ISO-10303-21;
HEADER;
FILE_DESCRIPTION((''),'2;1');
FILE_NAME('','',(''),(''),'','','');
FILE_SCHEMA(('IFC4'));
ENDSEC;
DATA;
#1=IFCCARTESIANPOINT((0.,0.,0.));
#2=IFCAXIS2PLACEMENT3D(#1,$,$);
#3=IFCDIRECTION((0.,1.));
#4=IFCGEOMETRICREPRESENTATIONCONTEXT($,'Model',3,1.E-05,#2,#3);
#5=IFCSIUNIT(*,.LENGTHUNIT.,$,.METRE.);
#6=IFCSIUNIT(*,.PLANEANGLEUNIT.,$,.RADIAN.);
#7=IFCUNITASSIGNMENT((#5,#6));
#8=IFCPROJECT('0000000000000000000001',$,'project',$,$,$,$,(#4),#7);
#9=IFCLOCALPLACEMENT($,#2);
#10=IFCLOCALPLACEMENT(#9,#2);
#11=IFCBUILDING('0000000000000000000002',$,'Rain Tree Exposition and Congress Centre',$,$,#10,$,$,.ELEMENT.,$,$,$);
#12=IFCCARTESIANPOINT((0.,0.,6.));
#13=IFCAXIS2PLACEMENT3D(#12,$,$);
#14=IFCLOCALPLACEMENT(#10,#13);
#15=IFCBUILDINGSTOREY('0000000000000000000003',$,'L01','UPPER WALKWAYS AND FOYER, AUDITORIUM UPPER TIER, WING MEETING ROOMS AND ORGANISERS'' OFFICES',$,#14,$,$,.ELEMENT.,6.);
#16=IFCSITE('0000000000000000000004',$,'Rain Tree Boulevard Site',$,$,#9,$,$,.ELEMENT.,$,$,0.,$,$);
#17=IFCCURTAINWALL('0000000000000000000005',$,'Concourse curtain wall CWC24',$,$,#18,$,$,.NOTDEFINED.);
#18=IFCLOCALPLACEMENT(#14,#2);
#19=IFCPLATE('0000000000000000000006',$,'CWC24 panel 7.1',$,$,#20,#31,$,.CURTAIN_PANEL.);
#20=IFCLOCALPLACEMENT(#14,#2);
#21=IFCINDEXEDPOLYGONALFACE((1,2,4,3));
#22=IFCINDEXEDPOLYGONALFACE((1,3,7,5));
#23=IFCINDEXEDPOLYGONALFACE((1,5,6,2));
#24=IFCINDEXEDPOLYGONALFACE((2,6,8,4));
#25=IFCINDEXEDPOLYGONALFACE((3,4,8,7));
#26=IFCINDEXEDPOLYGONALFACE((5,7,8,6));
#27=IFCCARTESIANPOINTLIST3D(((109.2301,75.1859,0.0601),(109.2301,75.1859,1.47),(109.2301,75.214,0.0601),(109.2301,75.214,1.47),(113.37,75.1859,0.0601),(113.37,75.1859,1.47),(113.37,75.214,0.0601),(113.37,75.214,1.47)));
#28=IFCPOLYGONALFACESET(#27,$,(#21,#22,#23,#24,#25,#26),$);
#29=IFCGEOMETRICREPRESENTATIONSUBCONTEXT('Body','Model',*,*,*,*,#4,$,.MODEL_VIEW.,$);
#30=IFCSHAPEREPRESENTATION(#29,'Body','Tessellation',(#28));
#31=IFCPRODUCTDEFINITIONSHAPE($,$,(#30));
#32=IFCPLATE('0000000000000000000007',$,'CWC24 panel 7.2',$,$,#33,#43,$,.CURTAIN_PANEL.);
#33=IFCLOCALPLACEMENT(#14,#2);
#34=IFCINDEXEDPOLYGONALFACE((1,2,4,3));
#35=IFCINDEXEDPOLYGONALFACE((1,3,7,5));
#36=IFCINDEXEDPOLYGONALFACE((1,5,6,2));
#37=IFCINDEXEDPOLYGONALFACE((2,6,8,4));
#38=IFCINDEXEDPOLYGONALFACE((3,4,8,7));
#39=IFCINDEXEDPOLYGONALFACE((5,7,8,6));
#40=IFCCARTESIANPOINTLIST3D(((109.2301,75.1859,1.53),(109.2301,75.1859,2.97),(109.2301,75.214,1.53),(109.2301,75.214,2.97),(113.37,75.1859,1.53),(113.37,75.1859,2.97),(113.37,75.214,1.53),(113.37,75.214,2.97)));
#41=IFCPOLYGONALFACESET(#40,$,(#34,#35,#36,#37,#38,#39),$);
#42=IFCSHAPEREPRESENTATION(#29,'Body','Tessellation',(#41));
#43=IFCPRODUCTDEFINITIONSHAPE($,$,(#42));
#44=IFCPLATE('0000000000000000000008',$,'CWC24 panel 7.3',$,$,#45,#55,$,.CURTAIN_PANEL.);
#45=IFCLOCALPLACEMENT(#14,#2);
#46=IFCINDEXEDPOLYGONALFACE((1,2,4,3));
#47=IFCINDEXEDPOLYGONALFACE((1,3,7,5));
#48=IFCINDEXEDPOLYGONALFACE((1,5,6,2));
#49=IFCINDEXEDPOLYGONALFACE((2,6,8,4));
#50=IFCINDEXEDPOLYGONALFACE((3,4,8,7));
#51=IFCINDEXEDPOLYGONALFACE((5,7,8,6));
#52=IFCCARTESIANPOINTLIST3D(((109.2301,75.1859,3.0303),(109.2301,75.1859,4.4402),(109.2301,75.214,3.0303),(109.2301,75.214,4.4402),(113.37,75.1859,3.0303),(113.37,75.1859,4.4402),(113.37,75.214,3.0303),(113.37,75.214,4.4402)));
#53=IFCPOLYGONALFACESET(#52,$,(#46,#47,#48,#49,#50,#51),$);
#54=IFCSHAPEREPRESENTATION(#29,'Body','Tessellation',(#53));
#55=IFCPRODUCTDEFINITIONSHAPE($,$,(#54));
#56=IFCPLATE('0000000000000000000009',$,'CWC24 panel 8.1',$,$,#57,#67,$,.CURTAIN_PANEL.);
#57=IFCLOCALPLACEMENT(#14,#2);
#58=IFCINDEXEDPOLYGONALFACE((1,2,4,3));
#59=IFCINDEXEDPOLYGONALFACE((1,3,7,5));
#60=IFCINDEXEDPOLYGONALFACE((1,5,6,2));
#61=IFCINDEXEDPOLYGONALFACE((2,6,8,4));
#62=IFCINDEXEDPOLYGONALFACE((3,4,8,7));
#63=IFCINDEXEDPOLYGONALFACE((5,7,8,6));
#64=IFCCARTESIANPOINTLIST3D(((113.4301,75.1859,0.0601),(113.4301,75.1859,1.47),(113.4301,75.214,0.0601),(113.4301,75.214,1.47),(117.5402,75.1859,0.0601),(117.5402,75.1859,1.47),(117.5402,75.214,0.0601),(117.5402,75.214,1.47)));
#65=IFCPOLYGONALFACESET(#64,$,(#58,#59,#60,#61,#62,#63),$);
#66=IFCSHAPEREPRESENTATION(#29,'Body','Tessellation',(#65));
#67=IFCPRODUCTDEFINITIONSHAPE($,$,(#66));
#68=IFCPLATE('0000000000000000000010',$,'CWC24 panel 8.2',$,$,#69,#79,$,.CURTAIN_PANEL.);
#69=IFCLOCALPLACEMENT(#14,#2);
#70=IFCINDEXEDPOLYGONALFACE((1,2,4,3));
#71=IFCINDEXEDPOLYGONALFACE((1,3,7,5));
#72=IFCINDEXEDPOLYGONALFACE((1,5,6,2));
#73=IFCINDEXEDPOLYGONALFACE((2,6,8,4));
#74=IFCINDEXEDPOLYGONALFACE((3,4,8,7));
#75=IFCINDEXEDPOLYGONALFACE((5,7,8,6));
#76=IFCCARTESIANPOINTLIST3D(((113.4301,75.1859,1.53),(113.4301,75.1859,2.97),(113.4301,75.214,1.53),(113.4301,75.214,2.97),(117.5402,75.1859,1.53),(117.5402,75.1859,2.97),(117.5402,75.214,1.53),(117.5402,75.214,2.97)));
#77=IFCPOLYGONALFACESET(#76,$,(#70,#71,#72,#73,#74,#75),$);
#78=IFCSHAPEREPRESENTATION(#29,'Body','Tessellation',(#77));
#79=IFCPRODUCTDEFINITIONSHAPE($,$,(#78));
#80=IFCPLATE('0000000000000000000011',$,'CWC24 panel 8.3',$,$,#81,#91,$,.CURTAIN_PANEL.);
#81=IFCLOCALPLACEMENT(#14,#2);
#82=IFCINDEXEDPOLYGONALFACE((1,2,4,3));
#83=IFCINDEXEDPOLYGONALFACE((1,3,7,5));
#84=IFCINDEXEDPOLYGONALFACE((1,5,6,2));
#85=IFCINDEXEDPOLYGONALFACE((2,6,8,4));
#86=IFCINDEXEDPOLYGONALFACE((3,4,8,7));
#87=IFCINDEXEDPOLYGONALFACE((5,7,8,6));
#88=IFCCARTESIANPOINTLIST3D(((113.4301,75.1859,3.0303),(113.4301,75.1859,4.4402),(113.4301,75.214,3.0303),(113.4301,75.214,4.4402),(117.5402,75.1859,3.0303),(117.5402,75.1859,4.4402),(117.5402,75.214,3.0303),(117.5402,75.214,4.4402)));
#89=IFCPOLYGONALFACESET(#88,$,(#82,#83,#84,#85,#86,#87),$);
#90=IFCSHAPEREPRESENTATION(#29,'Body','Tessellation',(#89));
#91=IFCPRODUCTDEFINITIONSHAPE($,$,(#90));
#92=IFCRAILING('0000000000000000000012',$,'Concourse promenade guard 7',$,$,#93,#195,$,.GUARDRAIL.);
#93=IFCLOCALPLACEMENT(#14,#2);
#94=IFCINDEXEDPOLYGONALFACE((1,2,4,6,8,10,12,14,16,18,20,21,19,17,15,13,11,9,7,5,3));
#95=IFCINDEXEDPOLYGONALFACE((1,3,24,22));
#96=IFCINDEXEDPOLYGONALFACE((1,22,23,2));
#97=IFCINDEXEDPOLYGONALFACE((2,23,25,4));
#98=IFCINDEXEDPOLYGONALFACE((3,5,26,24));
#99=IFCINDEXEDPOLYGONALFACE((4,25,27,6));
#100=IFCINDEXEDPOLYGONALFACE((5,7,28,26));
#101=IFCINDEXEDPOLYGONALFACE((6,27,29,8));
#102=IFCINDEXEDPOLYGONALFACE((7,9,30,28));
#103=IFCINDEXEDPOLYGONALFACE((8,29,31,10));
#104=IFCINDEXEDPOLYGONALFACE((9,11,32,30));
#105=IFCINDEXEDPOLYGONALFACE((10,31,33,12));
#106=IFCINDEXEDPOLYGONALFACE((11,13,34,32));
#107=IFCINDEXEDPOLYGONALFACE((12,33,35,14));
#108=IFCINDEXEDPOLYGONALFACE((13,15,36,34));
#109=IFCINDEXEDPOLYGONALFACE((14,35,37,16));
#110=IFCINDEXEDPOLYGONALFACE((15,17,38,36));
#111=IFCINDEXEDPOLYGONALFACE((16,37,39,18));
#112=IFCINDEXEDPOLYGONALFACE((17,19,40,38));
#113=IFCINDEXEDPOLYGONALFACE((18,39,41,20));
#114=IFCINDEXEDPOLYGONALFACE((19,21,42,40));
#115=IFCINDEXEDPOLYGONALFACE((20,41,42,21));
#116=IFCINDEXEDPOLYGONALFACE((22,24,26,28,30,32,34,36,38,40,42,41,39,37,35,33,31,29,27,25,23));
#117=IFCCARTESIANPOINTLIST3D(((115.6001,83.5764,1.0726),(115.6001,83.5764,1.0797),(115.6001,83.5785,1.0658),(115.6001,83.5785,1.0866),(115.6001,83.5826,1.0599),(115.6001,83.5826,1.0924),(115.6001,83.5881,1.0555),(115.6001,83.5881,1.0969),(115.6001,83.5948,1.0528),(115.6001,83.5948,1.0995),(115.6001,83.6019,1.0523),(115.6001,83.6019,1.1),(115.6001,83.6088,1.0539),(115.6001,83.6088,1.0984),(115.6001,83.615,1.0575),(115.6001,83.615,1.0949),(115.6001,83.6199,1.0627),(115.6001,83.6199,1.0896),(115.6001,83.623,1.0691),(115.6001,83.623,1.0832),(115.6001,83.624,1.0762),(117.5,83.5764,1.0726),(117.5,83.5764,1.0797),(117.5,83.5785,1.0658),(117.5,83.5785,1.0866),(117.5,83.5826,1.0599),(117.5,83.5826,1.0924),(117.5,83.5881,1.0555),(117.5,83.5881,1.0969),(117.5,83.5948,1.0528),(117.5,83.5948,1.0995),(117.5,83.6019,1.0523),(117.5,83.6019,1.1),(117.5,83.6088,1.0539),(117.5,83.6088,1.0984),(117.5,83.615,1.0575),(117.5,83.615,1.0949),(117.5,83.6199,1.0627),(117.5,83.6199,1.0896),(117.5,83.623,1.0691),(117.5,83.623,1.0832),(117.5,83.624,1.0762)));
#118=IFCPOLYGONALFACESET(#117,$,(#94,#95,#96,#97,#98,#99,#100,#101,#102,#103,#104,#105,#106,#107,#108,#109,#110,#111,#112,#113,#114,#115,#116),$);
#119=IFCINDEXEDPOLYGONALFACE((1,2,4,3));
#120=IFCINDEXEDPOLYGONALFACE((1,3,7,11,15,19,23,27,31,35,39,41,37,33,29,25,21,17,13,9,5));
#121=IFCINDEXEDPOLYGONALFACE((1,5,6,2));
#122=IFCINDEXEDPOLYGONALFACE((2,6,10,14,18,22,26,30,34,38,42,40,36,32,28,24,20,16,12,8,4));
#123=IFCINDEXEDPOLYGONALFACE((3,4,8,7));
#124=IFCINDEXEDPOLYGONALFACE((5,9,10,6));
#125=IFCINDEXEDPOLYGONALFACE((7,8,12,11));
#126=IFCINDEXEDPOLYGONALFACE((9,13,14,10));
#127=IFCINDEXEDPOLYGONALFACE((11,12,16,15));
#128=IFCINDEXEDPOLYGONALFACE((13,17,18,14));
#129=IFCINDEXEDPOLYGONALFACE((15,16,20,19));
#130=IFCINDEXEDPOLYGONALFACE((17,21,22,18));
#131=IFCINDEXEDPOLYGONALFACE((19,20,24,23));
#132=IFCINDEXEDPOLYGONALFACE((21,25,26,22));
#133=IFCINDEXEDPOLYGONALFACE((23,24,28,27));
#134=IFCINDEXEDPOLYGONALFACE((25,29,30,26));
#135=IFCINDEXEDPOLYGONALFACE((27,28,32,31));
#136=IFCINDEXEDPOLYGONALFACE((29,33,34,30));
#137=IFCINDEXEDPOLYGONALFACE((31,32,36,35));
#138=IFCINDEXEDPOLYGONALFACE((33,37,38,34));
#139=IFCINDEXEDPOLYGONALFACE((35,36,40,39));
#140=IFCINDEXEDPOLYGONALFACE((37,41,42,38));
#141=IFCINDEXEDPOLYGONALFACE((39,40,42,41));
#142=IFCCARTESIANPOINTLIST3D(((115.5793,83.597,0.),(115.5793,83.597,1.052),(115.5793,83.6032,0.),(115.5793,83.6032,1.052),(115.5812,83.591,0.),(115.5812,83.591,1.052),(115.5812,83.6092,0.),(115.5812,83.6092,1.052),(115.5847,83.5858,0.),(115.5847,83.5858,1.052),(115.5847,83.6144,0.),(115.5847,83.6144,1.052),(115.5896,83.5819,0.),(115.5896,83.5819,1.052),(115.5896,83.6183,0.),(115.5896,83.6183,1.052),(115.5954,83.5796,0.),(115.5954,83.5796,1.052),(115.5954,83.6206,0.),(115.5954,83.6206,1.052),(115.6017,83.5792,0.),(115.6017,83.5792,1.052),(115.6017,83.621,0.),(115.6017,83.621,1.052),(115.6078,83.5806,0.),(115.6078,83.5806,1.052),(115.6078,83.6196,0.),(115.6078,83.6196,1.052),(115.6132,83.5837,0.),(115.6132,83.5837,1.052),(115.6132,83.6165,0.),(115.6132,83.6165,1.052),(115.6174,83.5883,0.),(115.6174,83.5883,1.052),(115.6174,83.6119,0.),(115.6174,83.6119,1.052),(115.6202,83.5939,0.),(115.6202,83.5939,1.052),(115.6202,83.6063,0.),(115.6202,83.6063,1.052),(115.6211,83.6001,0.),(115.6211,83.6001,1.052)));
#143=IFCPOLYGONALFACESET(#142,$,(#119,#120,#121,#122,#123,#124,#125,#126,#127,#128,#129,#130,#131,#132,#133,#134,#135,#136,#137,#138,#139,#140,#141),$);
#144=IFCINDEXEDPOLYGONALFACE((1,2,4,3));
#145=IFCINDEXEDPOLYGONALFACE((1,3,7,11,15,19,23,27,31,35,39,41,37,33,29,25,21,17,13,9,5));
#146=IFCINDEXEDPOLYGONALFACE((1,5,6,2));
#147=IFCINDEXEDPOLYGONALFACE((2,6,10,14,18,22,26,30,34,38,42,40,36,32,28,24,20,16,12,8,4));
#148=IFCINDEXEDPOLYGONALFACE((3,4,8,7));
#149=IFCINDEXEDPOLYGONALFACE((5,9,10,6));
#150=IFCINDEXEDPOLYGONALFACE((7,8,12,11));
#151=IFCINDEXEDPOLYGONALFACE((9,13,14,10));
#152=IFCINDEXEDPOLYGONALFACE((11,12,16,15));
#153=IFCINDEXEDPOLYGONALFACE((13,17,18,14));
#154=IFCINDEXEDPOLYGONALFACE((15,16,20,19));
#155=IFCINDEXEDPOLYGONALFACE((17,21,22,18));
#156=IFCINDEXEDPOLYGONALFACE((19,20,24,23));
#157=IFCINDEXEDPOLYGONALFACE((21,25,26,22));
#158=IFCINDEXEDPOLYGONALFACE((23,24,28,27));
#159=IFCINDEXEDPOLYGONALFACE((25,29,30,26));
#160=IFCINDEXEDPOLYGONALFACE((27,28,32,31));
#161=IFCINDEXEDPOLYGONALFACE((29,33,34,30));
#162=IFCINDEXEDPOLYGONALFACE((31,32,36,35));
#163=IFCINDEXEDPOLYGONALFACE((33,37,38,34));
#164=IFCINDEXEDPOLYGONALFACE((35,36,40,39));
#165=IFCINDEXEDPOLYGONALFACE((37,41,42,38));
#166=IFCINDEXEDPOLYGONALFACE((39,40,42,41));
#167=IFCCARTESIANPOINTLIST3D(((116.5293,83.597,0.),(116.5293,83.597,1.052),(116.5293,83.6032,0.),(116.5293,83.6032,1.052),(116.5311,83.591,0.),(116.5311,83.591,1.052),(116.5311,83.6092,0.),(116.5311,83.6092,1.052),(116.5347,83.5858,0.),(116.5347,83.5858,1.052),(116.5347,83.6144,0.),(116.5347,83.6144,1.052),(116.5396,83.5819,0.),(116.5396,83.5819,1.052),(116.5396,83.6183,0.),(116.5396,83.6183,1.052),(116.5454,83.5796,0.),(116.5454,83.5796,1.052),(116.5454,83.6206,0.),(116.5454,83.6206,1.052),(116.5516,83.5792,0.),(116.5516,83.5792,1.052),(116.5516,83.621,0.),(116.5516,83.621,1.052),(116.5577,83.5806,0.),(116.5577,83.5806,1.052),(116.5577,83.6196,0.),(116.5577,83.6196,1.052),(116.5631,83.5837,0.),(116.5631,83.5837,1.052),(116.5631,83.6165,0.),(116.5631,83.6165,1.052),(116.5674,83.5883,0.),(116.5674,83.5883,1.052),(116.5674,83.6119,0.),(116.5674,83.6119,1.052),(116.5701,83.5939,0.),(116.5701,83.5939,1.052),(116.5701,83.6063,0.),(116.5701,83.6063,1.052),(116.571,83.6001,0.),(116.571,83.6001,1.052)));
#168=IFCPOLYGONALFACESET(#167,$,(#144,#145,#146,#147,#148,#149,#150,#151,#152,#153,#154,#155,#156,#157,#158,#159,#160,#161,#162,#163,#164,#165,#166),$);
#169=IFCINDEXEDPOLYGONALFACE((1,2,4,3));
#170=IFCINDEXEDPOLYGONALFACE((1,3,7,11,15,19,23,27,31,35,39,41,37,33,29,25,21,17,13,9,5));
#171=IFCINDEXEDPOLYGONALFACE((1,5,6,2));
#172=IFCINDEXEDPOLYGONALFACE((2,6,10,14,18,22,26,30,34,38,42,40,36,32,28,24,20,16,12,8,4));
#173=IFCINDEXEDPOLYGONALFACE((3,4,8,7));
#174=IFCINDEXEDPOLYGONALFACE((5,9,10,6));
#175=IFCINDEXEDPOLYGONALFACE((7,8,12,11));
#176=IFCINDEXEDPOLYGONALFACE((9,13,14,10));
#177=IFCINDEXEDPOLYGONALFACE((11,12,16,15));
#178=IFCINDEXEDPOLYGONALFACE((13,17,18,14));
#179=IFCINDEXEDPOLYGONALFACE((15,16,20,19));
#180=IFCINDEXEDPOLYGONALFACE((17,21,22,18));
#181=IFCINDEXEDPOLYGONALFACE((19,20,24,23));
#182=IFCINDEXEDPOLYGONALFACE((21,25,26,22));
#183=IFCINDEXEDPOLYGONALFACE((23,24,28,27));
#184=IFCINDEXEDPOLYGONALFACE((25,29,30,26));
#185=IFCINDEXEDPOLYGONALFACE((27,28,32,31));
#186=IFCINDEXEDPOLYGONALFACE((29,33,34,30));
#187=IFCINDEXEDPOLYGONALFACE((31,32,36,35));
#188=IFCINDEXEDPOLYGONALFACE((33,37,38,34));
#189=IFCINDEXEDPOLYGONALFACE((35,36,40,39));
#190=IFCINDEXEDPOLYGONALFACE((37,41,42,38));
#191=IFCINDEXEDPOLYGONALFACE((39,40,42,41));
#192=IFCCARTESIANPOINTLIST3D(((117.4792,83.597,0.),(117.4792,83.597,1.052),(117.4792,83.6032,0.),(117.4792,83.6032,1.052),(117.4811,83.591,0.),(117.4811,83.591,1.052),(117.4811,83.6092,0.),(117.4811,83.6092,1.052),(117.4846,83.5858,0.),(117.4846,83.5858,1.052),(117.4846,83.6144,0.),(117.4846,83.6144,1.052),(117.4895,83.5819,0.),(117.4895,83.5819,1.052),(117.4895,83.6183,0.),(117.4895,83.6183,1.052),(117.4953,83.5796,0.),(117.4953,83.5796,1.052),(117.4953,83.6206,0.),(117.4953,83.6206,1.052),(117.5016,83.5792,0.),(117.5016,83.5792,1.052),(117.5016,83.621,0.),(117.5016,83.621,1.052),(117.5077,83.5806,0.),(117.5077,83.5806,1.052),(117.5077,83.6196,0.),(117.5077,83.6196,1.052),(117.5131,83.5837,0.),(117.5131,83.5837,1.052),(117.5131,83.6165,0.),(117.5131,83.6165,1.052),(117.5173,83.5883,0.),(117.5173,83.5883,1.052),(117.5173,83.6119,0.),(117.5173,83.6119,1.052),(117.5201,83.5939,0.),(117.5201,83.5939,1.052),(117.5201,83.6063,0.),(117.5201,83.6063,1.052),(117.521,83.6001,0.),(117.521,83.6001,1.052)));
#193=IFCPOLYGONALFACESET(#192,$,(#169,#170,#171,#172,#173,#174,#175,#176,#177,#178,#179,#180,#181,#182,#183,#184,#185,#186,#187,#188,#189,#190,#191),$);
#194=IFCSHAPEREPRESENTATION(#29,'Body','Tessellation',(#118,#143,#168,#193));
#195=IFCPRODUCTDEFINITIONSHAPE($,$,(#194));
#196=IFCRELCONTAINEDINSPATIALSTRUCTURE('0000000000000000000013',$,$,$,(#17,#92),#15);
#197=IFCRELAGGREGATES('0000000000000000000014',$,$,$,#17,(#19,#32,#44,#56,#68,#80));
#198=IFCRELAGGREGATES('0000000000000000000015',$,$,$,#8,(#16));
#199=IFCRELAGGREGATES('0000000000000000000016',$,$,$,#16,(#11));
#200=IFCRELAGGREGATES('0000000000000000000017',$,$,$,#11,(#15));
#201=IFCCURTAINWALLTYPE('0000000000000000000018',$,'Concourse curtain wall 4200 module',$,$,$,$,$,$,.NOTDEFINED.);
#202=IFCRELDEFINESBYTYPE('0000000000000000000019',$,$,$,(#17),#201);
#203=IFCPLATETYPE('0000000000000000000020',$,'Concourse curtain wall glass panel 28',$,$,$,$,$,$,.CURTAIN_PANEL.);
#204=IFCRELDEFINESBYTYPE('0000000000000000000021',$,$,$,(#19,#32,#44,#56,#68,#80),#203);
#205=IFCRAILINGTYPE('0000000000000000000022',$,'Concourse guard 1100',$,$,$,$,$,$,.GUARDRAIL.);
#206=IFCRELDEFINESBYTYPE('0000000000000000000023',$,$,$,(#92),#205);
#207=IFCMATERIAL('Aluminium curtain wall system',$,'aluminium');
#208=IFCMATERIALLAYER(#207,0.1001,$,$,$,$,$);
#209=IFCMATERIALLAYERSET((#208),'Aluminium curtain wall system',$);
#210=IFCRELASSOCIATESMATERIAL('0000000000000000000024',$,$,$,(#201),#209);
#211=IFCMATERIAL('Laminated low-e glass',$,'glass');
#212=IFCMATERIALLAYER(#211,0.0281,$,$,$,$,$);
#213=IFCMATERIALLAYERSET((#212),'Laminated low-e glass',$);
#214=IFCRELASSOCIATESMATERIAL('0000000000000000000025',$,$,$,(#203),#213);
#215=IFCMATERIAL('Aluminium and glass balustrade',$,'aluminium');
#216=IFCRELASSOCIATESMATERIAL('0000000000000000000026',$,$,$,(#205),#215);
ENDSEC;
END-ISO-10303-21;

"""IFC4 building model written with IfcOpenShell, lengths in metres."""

from ifc_helpers import new_model, si_unit, direction, frame, origin, origin_2d, place, context, subcontext, project, spatial, rectangle, circle, extrude, material, layer, layer_set, type_object, element, aggregate, save


model = new_model("IFC4")

# Units and contexts
model_context = context("Model", 3, precision=1e-05, world=origin(), true_north=direction((0.0, 1.0)))
body_context = subcontext(model_context, "Body", "Model", "MODEL_VIEW")
ifc_project = project(units=[si_unit("LENGTHUNIT", "METRE"), si_unit("PLANEANGLEUNIT", "RADIAN")], contexts=[model_context])

# Site, building, storey
site_placement = place(None, origin())
site = spatial("IfcSite", under=ifc_project, at=site_placement, Name="Rain Tree Boulevard Site", CompositionType="ELEMENT", RefElevation=0.0)
building_placement = place(site_placement, origin())
building = spatial("IfcBuilding", under=site, at=building_placement, Name="Rain Tree Exposition and Congress Centre", CompositionType="ELEMENT")
storey_placement = place(building_placement, frame((0.0, 0.0, 6.0)))
storey = spatial("IfcBuildingStorey", under=building, at=storey_placement, Name="L01", Description="UPPER WALKWAYS AND FOYER, AUDITORIUM UPPER TIER, WING MEETING ROOMS AND ORGANISERS' OFFICES", CompositionType="ELEMENT", Elevation=6.0)

# Curtain wall
ifc_material_1 = material(Name="Aluminium curtain wall system", Category="aluminium")
ifc_layer_1 = layer(ifc_material_1, 0.1001)
ifc_layer_set_1 = layer_set([ifc_layer_1], Name="Aluminium curtain wall system")
curtain_wall_type = type_object("IfcCurtainWallType", Name="Concourse curtain wall 4200 module", PredefinedType="NOTDEFINED", material=ifc_layer_set_1)
curtain_wall_placement = place(storey_placement, origin())
curtain_wall = element("IfcCurtainWall", 1, at=curtain_wall_placement, inside=storey, type_object=curtain_wall_type, Name="Concourse curtain wall CWC24", PredefinedType="NOTDEFINED")

# Plates
ifc_material_2 = material(Name="Laminated low-e glass", Category="glass")
ifc_layer_2 = layer(ifc_material_2, 0.0281)
ifc_layer_set_2 = layer_set([ifc_layer_2], Name="Laminated low-e glass")
plate_type = type_object("IfcPlateType", Name="Concourse curtain wall glass panel 28", PredefinedType="CURTAIN_PANEL", material=ifc_layer_set_2)
plate_1_placement = place(storey_placement, frame((111.3, 75.2, 0.0601), z_axis=(0.0, 0.0, 1.0), x_axis=(1.0, 0.0, 0.0)))
plate_1 = element("IfcPlate", 2, at=plate_1_placement, type_object=plate_type, Name="CWC24 panel 7.1", PredefinedType="CURTAIN_PANEL", context=body_context, shape_type="SweptSolid", body=[
    extrude(rectangle(XDim=4.1399, YDim=0.0281, at=origin_2d()), origin(), (0.0, 0.0, 1.0), 1.4099),
])
plate_2_placement = place(storey_placement, frame((111.3, 75.2, 1.53), z_axis=(0.0, 0.0, 1.0), x_axis=(1.0, 0.0, 0.0)))
plate_2 = element("IfcPlate", 3, at=plate_2_placement, type_object=plate_type, Name="CWC24 panel 7.2", PredefinedType="CURTAIN_PANEL", context=body_context, shape_type="SweptSolid", body=[
    extrude(rectangle(XDim=4.1399, YDim=0.0281, at=origin_2d()), origin(), (0.0, 0.0, 1.0), 1.4399),
])
plate_3_placement = place(storey_placement, frame((111.3, 75.2, 3.0303), z_axis=(0.0, 0.0, 1.0), x_axis=(1.0, 0.0, 0.0)))
plate_3 = element("IfcPlate", 4, at=plate_3_placement, type_object=plate_type, Name="CWC24 panel 7.3", PredefinedType="CURTAIN_PANEL", context=body_context, shape_type="SweptSolid", body=[
    extrude(rectangle(XDim=4.1399, YDim=0.0281, at=origin_2d()), origin(), (0.0, 0.0, 1.0), 1.4099),
])
plate_4_placement = place(storey_placement, frame((115.4851, 75.2, 0.0601), z_axis=(0.0, 0.0, 1.0), x_axis=(1.0, 0.0, 0.0)))
plate_4 = element("IfcPlate", 5, at=plate_4_placement, type_object=plate_type, Name="CWC24 panel 8.1", PredefinedType="CURTAIN_PANEL", context=body_context, shape_type="SweptSolid", body=[
    extrude(rectangle(XDim=4.1101, YDim=0.0281, at=origin_2d()), origin(), (0.0, 0.0, 1.0), 1.4099),
])
plate_5_placement = place(storey_placement, frame((115.4851, 75.2, 1.53), z_axis=(0.0, 0.0, 1.0), x_axis=(1.0, 0.0, 0.0)))
plate_5 = element("IfcPlate", 6, at=plate_5_placement, type_object=plate_type, Name="CWC24 panel 8.2", PredefinedType="CURTAIN_PANEL", context=body_context, shape_type="SweptSolid", body=[
    extrude(rectangle(XDim=4.1101, YDim=0.0281, at=origin_2d()), origin(), (0.0, 0.0, 1.0), 1.4399),
])
plate_6_placement = place(storey_placement, frame((115.4851, 75.2, 3.0303), z_axis=(0.0, 0.0, 1.0), x_axis=(1.0, 0.0, 0.0)))
plate_6 = element("IfcPlate", 7, at=plate_6_placement, type_object=plate_type, Name="CWC24 panel 8.3", PredefinedType="CURTAIN_PANEL", context=body_context, shape_type="SweptSolid", body=[
    extrude(rectangle(XDim=4.1101, YDim=0.0281, at=origin_2d()), origin(), (0.0, 0.0, 1.0), 1.4099),
])
aggregate(curtain_wall, [plate_1, plate_2, plate_3, plate_4, plate_5, plate_6])

# Railing
ifc_material_3 = material(Name="Aluminium and glass balustrade", Category="aluminium")
railing_type = type_object("IfcRailingType", Name="Concourse guard 1100", PredefinedType="GUARDRAIL", material=ifc_material_3)
railing_placement = place(storey_placement, frame((115.6001, 83.6001, 0.0)))
element("IfcRailing", 8, at=railing_placement, inside=storey, type_object=railing_type, Name="Concourse promenade guard 7", PredefinedType="GUARDRAIL", context=body_context, shape_type="SweptSolid", body=[
    extrude(circle(Radius=0.0239, at=origin_2d()), frame((0.0, 0.0, 1.0762), z_axis=(1.0, 0.0, 0.0), x_axis=(0.0, 1.0, 0.0)), (0.0, 0.0, 1.0), 1.8999),
    extrude(circle(Radius=0.021, at=origin_2d()), origin(), (0.0, 0.0, 1.0), 1.052),
    extrude(circle(Radius=0.021, at=origin_2d()), frame((0.95, 0.0, 0.0)), (0.0, 0.0, 1.0), 1.052),
    extrude(circle(Radius=0.021, at=origin_2d()), frame((1.8999, 0.0, 0.0)), (0.0, 0.0, 1.0), 1.052),
])

save(model, "model.ifc")
